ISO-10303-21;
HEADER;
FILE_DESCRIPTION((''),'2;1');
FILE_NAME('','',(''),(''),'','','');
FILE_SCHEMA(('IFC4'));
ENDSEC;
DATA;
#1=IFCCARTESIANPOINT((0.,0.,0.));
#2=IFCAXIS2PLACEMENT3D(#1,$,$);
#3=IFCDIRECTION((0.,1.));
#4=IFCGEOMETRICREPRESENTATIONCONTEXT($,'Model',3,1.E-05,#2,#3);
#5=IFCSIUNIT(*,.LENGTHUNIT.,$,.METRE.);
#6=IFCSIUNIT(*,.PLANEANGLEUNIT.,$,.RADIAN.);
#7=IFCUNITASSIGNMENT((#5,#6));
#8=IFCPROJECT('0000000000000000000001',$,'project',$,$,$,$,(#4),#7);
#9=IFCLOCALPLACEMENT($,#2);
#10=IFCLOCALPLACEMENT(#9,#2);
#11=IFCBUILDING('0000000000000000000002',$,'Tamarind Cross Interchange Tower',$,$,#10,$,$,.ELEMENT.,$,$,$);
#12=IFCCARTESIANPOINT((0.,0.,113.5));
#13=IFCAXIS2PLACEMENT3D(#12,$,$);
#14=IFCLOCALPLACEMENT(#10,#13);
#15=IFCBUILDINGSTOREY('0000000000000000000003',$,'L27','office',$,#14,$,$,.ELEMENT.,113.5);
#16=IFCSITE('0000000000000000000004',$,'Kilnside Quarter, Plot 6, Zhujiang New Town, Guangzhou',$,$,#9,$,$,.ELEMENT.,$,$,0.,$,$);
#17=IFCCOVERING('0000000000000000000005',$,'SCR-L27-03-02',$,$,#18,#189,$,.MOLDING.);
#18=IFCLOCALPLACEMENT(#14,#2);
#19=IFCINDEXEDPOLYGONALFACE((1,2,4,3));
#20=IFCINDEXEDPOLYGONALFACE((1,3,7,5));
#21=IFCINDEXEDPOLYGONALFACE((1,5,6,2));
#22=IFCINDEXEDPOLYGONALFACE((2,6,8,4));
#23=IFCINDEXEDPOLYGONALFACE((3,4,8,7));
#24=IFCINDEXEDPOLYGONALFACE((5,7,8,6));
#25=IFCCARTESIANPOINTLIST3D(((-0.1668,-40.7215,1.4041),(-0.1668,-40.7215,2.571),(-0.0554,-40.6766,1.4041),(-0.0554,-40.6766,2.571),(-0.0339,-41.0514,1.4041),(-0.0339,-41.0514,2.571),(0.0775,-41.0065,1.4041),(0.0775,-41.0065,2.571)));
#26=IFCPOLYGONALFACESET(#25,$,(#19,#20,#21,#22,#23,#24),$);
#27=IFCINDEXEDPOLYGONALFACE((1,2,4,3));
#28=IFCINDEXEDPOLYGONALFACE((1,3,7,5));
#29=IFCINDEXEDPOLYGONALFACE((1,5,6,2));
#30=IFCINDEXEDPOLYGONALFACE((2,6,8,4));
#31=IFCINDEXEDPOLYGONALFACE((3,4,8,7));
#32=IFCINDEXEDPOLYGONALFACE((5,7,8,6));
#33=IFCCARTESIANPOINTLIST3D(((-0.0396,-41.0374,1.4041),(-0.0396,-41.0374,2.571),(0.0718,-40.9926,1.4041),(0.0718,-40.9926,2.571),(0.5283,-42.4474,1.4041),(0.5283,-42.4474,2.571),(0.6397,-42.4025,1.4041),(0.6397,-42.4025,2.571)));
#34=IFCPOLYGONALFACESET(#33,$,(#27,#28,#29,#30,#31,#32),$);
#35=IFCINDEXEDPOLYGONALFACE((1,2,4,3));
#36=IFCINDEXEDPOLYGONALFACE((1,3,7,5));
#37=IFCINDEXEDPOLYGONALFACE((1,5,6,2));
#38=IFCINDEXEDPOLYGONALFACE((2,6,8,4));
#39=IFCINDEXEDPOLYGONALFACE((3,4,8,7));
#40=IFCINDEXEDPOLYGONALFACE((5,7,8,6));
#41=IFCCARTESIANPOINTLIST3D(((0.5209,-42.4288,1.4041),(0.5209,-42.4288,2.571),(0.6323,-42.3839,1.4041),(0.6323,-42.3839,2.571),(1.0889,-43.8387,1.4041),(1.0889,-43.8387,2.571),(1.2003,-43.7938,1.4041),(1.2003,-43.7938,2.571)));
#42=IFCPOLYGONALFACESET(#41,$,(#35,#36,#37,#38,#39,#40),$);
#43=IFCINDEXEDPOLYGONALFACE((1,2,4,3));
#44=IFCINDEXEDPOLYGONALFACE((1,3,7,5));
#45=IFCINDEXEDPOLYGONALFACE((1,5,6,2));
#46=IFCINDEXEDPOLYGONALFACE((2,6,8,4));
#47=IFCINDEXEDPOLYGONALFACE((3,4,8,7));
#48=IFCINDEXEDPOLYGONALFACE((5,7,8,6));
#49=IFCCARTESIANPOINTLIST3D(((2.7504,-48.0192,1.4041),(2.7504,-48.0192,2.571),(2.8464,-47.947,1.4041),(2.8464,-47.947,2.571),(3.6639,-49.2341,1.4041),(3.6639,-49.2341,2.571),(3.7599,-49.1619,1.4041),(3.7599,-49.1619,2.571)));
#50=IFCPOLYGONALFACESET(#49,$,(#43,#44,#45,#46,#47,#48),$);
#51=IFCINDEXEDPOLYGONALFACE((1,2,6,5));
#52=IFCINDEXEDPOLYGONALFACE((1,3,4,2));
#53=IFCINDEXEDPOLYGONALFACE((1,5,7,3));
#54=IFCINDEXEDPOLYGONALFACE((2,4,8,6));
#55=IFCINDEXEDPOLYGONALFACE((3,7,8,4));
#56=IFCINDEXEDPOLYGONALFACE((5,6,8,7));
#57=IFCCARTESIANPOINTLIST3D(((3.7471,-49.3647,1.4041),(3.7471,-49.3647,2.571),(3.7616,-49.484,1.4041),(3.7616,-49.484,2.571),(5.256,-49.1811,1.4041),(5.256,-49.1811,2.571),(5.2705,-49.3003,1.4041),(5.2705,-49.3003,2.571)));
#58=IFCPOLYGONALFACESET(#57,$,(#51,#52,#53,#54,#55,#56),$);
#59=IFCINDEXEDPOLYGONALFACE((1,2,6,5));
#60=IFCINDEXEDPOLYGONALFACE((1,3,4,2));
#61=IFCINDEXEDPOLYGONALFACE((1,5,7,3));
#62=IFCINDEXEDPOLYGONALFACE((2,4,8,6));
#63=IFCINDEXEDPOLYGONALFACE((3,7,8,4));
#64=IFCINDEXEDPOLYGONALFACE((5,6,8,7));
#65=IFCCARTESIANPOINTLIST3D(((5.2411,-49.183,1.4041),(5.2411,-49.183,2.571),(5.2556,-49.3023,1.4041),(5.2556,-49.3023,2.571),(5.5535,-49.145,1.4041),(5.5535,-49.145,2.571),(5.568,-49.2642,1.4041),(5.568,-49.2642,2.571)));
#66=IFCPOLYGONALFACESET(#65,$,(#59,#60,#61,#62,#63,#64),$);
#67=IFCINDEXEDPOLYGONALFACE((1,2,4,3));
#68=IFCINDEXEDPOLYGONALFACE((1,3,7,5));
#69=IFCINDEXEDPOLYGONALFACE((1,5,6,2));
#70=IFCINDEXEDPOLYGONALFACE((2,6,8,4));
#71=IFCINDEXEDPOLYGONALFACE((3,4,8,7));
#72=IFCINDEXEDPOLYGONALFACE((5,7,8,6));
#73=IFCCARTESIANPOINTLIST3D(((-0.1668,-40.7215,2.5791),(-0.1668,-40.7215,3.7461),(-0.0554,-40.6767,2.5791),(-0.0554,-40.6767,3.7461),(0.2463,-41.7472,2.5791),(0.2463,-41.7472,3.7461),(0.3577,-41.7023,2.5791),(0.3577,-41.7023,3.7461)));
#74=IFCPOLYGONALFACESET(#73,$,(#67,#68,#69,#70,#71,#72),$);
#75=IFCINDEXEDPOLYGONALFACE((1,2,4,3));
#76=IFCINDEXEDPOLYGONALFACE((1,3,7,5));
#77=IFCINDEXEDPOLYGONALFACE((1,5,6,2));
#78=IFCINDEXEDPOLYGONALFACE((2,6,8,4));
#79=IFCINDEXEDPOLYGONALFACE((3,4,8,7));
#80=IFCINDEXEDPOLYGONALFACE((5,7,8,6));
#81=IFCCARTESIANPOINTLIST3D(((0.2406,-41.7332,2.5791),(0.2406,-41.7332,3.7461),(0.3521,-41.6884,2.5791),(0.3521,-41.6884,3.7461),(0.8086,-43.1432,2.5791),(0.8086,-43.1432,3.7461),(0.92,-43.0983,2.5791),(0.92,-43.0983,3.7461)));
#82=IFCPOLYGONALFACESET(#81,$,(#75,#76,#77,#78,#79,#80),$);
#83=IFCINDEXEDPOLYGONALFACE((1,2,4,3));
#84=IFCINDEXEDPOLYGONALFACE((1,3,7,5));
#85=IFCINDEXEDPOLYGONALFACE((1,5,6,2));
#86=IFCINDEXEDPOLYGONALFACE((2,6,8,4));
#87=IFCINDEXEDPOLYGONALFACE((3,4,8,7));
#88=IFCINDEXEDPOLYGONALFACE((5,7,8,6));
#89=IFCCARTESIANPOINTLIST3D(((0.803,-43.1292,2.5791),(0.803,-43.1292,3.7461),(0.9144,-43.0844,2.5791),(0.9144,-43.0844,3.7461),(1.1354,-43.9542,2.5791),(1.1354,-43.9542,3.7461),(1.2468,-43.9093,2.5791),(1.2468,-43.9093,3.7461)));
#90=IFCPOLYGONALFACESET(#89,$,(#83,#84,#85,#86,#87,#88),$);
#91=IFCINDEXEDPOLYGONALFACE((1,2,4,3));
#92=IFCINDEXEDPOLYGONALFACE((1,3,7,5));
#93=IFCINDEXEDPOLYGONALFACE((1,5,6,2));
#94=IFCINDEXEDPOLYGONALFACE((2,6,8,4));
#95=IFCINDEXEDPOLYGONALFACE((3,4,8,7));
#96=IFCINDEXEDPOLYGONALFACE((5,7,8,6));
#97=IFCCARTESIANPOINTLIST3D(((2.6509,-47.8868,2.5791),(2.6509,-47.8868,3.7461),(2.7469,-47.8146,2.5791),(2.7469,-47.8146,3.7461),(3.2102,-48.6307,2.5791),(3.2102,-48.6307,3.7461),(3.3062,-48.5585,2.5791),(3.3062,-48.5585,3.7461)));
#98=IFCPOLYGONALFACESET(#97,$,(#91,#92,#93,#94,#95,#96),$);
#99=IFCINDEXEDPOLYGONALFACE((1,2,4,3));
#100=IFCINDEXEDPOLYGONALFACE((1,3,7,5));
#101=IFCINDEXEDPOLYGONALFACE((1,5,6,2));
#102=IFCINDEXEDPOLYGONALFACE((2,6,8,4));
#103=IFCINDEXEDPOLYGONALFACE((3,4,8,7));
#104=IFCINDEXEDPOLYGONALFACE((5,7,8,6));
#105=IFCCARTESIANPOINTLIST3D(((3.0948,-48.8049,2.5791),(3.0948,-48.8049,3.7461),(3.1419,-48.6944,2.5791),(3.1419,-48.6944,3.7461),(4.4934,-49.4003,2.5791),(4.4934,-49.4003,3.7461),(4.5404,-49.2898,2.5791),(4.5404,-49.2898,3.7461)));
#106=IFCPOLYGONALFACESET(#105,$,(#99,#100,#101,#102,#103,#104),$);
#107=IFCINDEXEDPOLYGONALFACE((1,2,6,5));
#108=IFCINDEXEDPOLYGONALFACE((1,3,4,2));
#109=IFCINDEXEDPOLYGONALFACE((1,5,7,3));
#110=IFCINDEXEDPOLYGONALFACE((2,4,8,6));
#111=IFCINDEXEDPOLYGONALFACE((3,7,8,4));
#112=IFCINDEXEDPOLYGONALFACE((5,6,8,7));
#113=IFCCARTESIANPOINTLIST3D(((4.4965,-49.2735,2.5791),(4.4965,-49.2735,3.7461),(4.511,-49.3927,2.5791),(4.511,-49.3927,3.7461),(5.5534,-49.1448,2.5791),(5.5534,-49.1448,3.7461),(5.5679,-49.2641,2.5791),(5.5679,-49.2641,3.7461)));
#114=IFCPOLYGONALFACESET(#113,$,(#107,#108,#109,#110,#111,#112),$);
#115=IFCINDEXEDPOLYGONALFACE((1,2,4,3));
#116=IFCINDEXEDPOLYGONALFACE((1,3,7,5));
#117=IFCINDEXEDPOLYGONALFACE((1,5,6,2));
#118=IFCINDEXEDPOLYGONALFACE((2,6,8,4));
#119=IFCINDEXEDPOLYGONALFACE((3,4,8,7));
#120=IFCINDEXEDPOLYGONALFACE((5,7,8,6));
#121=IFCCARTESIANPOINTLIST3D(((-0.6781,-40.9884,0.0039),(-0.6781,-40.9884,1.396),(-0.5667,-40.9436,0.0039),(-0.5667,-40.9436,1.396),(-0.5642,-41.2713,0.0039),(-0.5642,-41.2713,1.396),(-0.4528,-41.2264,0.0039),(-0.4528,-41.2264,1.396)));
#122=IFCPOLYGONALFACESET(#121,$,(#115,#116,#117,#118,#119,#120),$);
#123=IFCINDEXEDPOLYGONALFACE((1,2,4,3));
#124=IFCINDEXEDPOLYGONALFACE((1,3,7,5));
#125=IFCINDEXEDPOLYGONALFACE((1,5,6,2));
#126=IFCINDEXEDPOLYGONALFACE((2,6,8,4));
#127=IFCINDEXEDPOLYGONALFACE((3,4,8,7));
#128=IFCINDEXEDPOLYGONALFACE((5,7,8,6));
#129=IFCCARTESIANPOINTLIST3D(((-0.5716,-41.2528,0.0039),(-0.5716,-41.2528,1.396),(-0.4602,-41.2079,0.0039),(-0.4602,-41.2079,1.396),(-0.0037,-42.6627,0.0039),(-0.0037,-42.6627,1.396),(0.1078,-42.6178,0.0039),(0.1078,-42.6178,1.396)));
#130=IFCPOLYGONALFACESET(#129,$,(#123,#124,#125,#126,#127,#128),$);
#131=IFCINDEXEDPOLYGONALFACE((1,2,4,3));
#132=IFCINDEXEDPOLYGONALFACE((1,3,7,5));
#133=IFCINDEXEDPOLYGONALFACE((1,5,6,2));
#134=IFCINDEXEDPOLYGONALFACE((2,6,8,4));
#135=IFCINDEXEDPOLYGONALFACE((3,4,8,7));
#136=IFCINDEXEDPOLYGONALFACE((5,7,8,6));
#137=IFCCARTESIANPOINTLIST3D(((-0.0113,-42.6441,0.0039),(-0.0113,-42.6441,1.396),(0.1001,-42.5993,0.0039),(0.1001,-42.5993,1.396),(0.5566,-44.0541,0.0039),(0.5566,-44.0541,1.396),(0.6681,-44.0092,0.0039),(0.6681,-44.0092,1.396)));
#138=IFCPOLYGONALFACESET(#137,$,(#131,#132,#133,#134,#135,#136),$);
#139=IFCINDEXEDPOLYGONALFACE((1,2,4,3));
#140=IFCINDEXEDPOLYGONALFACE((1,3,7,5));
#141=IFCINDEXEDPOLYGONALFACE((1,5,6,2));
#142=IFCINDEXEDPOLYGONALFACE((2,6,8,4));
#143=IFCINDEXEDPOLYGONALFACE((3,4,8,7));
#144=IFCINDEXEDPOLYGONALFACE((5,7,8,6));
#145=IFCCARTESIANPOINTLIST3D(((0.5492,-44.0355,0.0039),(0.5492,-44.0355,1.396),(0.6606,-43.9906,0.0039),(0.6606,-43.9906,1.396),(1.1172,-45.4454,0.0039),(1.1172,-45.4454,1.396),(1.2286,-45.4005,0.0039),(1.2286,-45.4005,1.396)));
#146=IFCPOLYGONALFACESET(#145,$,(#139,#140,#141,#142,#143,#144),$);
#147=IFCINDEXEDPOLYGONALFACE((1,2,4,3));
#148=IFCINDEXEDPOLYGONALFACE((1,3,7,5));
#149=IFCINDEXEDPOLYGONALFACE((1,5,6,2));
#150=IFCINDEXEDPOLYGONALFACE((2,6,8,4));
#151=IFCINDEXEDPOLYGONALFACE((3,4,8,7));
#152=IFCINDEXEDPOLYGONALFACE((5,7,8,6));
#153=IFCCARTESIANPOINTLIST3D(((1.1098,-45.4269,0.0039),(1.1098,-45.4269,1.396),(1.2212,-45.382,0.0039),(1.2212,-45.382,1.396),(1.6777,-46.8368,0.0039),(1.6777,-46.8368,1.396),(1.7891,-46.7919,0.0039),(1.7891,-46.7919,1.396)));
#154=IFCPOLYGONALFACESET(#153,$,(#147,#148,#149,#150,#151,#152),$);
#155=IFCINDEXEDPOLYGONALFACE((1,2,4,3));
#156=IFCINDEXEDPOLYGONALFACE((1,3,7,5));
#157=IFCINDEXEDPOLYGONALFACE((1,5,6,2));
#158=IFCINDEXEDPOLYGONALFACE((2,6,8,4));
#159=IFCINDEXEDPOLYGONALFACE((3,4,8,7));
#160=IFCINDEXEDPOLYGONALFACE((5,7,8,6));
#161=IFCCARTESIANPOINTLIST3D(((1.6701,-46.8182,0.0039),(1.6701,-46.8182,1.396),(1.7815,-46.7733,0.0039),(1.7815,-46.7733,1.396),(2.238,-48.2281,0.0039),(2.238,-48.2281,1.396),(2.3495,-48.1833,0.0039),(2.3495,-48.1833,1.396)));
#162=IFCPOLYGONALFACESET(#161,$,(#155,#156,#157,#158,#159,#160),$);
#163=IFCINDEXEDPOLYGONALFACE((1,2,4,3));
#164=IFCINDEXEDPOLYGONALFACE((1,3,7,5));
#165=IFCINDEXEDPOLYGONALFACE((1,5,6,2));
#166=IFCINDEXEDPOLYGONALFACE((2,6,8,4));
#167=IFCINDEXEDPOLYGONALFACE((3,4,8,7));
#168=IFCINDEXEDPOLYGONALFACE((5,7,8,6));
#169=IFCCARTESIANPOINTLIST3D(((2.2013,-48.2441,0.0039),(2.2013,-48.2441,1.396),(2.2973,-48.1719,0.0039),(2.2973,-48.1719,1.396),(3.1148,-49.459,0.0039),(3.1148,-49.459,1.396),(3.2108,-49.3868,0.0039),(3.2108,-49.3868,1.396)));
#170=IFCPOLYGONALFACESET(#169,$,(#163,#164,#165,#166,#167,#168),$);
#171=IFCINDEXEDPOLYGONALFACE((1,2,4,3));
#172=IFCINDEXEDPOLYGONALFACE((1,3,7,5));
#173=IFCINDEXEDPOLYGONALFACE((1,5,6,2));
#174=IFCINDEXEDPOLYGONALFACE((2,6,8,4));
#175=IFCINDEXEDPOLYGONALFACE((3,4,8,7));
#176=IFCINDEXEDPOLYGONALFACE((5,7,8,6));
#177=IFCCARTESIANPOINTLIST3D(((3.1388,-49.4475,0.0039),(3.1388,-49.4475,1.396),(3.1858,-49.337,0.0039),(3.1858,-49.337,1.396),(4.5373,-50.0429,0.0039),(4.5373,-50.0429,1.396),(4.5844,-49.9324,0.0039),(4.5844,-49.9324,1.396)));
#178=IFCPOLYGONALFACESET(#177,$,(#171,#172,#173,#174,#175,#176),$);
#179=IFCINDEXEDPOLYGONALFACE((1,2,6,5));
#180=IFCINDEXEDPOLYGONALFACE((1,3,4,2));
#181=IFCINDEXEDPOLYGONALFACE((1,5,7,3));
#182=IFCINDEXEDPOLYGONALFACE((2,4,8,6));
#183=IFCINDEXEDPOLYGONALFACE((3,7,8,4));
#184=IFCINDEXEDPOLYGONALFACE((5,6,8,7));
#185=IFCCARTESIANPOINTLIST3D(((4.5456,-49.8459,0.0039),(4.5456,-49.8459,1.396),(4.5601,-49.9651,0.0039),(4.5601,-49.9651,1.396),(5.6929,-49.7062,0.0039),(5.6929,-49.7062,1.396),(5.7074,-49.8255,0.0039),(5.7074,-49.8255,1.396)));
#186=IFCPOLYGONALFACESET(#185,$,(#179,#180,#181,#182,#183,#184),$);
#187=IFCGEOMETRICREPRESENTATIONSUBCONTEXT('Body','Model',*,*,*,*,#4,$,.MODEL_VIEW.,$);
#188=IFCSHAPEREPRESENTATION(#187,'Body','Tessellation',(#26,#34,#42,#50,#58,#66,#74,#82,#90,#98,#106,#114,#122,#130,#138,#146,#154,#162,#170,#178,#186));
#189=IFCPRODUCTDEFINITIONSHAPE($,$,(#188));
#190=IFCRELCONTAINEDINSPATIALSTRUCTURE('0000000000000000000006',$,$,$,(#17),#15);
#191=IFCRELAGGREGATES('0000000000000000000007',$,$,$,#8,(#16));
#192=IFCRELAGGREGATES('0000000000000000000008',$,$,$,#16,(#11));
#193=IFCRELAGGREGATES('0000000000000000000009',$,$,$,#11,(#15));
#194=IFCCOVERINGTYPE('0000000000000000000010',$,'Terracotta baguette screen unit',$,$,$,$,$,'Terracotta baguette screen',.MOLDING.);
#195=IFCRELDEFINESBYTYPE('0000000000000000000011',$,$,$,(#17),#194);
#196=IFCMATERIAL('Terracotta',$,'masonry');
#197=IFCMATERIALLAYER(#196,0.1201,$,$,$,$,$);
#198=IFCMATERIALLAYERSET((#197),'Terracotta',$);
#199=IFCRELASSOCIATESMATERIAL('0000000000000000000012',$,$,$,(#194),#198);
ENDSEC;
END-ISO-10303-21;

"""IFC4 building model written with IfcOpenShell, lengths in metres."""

from ifc_helpers import new_model, si_unit, direction, frame, origin, origin_2d, place, context, subcontext, project, spatial, rectangle, extrude, material, layer, layer_set, type_object, element, save


model = new_model("IFC4")

# Units and contexts
model_context = context("Model", 3, precision=1e-05, world=origin(), true_north=direction((0.0, 1.0)))
body_context = subcontext(model_context, "Body", "Model", "MODEL_VIEW")
ifc_project = project(units=[si_unit("LENGTHUNIT", "METRE"), si_unit("PLANEANGLEUNIT", "RADIAN")], contexts=[model_context])

# Site, building, storey
site_placement = place(None, origin())
site = spatial("IfcSite", under=ifc_project, at=site_placement, Name="Kilnside Quarter, Plot 6, Zhujiang New Town, Guangzhou", CompositionType="ELEMENT", RefElevation=0.0)
building_placement = place(site_placement, origin())
building = spatial("IfcBuilding", under=site, at=building_placement, Name="Tamarind Cross Interchange Tower", CompositionType="ELEMENT")
storey_placement = place(building_placement, frame((0.0, 0.0, 113.5)))
storey = spatial("IfcBuildingStorey", under=building, at=storey_placement, Name="L27", Description="office", CompositionType="ELEMENT", Elevation=113.5)

# Covering
ifc_material_1 = material(Name="Terracotta", Category="masonry")
ifc_layer_1 = layer(ifc_material_1, 0.1201)
ifc_layer_set_1 = layer_set([ifc_layer_1], Name="Terracotta")
covering_type = type_object("IfcCoveringType", Name="Terracotta baguette screen unit", ElementType="Terracotta baguette screen", PredefinedType="MOLDING", material=ifc_layer_set_1)
covering_1_placement = place(storey_placement, origin())
element("IfcCovering", 1, at=covering_1_placement, inside=storey, type_object=covering_type, Name="SCR-L27-03-02", PredefinedType="MOLDING", context=body_context, shape_type="SweptSolid", body=[
    extrude(rectangle(XDim=0.3557, YDim=0.1201, at=origin_2d()), frame((-0.0447, -40.864, 1.4041), z_axis=(0.0, 0.0, 1.0), x_axis=(0.373648, -0.92757, 0.0)), (0.0, 0.0, 1.0), 1.167),
    extrude(rectangle(XDim=1.52, YDim=0.1201, at=origin_2d()), frame((0.3, -41.72, 1.4041), z_axis=(0.0, 0.0, 1.0), x_axis=(0.373648, -0.92757, 0.0)), (0.0, 0.0, 1.0), 1.167),
    extrude(rectangle(XDim=1.52, YDim=0.1201, at=origin_2d()), frame((0.8606, -43.1113, 1.4041), z_axis=(0.0, 0.0, 1.0), x_axis=(0.373648, -0.92757, 0.0)), (0.0, 0.0, 1.0), 1.167),
    extrude(rectangle(XDim=1.52, YDim=0.1201, at=origin_2d()), frame((3.2551, -48.5906, 1.4041), z_axis=(0.0, 0.0, 1.0), x_axis=(0.60099, -0.799257, 0.0)), (0.0, 0.0, 1.0), 1.167),
    extrude(rectangle(XDim=1.52, YDim=0.1201, at=origin_2d()), frame((4.5088, -49.3325, 1.4041), z_axis=(0.0, 0.0, 1.0), x_axis=(0.992672, 0.120844, 0.0)), (0.0, 0.0, 1.0), 1.167),
    extrude(rectangle(XDim=0.3147, YDim=0.1201, at=origin_2d()), frame((5.4045, -49.2236, 1.4041), z_axis=(0.0, 0.0, 1.0), x_axis=(0.992672, 0.120844, 0.0)), (0.0, 0.0, 1.0), 1.167),
    extrude(rectangle(XDim=1.1057, YDim=0.1201, at=origin_2d()), frame((0.0955, -41.2119, 2.5791), z_axis=(0.0, 0.0, 1.0), x_axis=(0.373648, -0.92757, 0.0)), (0.0, 0.0, 1.0), 1.167),
    extrude(rectangle(XDim=1.52, YDim=0.1201, at=origin_2d()), frame((0.5803, -42.4158, 2.5791), z_axis=(0.0, 0.0, 1.0), x_axis=(0.373648, -0.92757, 0.0)), (0.0, 0.0, 1.0), 1.167),
    extrude(rectangle(XDim=0.8894, YDim=0.1201, at=origin_2d()), frame((1.0249, -43.5193, 2.5791), z_axis=(0.0, 0.0, 1.0), x_axis=(0.373648, -0.92757, 0.0)), (0.0, 0.0, 1.0), 1.167),
    extrude(rectangle(XDim=0.9307, YDim=0.1201, at=origin_2d()), frame((2.9785, -48.2227, 2.5791), z_axis=(0.0, 0.0, 1.0), x_axis=(0.60099, -0.799257, 0.0)), (0.0, 0.0, 1.0), 1.167),
    extrude(rectangle(XDim=1.52, YDim=0.1201, at=origin_2d()), frame((3.8176, -49.0474, 2.5791), z_axis=(0.0, 0.0, 1.0), x_axis=(0.920101, -0.391682, 0.0)), (0.0, 0.0, 1.0), 1.167),
    extrude(rectangle(XDim=1.0647, YDim=0.1201, at=origin_2d()), frame((5.0322, -49.2688, 2.5791), z_axis=(0.0, 0.0, 1.0), x_axis=(0.992672, 0.120844, 0.0)), (0.0, 0.0, 1.0), 1.167),
    extrude(rectangle(XDim=0.3049, YDim=0.1201, at=origin_2d()), frame((-0.5654, -41.1074, 0.0039), z_axis=(0.0, 0.0, 1.0), x_axis=(0.373648, -0.92757, 0.0)), (0.0, 0.0, 1.0), 1.3921),
    extrude(rectangle(XDim=1.52, YDim=0.1201, at=origin_2d()), frame((-0.2319, -41.9353, 0.0039), z_axis=(0.0, 0.0, 1.0), x_axis=(0.373648, -0.92757, 0.0)), (0.0, 0.0, 1.0), 1.3921),
    extrude(rectangle(XDim=1.52, YDim=0.1201, at=origin_2d()), frame((0.3284, -43.3267, 0.0039), z_axis=(0.0, 0.0, 1.0), x_axis=(0.373648, -0.92757, 0.0)), (0.0, 0.0, 1.0), 1.3921),
    extrude(rectangle(XDim=1.52, YDim=0.1201, at=origin_2d()), frame((0.8889, -44.718, 0.0039), z_axis=(0.0, 0.0, 1.0), x_axis=(0.373648, -0.92757, 0.0)), (0.0, 0.0, 1.0), 1.3921),
    extrude(rectangle(XDim=1.52, YDim=0.1201, at=origin_2d()), frame((1.4495, -46.1094, 0.0039), z_axis=(0.0, 0.0, 1.0), x_axis=(0.373648, -0.92757, 0.0)), (0.0, 0.0, 1.0), 1.3921),
    extrude(rectangle(XDim=1.52, YDim=0.1201, at=origin_2d()), frame((2.0098, -47.5007, 0.0039), z_axis=(0.0, 0.0, 1.0), x_axis=(0.373648, -0.92757, 0.0)), (0.0, 0.0, 1.0), 1.3921),
    extrude(rectangle(XDim=1.52, YDim=0.1201, at=origin_2d()), frame((2.7061, -48.8154, 0.0039), z_axis=(0.0, 0.0, 1.0), x_axis=(0.60099, -0.799257, 0.0)), (0.0, 0.0, 1.0), 1.3921),
    extrude(rectangle(XDim=1.52, YDim=0.1201, at=origin_2d()), frame((3.8616, -49.6899, 0.0039), z_axis=(0.0, 0.0, 1.0), x_axis=(0.920101, -0.391682, 0.0)), (0.0, 0.0, 1.0), 1.3921),
    extrude(rectangle(XDim=1.1558, YDim=0.1201, at=origin_2d()), frame((5.1265, -49.8357, 0.0039), z_axis=(0.0, 0.0, 1.0), x_axis=(0.992672, 0.120844, 0.0)), (0.0, 0.0, 1.0), 1.3921),
])

save(model, "model.ifc")
